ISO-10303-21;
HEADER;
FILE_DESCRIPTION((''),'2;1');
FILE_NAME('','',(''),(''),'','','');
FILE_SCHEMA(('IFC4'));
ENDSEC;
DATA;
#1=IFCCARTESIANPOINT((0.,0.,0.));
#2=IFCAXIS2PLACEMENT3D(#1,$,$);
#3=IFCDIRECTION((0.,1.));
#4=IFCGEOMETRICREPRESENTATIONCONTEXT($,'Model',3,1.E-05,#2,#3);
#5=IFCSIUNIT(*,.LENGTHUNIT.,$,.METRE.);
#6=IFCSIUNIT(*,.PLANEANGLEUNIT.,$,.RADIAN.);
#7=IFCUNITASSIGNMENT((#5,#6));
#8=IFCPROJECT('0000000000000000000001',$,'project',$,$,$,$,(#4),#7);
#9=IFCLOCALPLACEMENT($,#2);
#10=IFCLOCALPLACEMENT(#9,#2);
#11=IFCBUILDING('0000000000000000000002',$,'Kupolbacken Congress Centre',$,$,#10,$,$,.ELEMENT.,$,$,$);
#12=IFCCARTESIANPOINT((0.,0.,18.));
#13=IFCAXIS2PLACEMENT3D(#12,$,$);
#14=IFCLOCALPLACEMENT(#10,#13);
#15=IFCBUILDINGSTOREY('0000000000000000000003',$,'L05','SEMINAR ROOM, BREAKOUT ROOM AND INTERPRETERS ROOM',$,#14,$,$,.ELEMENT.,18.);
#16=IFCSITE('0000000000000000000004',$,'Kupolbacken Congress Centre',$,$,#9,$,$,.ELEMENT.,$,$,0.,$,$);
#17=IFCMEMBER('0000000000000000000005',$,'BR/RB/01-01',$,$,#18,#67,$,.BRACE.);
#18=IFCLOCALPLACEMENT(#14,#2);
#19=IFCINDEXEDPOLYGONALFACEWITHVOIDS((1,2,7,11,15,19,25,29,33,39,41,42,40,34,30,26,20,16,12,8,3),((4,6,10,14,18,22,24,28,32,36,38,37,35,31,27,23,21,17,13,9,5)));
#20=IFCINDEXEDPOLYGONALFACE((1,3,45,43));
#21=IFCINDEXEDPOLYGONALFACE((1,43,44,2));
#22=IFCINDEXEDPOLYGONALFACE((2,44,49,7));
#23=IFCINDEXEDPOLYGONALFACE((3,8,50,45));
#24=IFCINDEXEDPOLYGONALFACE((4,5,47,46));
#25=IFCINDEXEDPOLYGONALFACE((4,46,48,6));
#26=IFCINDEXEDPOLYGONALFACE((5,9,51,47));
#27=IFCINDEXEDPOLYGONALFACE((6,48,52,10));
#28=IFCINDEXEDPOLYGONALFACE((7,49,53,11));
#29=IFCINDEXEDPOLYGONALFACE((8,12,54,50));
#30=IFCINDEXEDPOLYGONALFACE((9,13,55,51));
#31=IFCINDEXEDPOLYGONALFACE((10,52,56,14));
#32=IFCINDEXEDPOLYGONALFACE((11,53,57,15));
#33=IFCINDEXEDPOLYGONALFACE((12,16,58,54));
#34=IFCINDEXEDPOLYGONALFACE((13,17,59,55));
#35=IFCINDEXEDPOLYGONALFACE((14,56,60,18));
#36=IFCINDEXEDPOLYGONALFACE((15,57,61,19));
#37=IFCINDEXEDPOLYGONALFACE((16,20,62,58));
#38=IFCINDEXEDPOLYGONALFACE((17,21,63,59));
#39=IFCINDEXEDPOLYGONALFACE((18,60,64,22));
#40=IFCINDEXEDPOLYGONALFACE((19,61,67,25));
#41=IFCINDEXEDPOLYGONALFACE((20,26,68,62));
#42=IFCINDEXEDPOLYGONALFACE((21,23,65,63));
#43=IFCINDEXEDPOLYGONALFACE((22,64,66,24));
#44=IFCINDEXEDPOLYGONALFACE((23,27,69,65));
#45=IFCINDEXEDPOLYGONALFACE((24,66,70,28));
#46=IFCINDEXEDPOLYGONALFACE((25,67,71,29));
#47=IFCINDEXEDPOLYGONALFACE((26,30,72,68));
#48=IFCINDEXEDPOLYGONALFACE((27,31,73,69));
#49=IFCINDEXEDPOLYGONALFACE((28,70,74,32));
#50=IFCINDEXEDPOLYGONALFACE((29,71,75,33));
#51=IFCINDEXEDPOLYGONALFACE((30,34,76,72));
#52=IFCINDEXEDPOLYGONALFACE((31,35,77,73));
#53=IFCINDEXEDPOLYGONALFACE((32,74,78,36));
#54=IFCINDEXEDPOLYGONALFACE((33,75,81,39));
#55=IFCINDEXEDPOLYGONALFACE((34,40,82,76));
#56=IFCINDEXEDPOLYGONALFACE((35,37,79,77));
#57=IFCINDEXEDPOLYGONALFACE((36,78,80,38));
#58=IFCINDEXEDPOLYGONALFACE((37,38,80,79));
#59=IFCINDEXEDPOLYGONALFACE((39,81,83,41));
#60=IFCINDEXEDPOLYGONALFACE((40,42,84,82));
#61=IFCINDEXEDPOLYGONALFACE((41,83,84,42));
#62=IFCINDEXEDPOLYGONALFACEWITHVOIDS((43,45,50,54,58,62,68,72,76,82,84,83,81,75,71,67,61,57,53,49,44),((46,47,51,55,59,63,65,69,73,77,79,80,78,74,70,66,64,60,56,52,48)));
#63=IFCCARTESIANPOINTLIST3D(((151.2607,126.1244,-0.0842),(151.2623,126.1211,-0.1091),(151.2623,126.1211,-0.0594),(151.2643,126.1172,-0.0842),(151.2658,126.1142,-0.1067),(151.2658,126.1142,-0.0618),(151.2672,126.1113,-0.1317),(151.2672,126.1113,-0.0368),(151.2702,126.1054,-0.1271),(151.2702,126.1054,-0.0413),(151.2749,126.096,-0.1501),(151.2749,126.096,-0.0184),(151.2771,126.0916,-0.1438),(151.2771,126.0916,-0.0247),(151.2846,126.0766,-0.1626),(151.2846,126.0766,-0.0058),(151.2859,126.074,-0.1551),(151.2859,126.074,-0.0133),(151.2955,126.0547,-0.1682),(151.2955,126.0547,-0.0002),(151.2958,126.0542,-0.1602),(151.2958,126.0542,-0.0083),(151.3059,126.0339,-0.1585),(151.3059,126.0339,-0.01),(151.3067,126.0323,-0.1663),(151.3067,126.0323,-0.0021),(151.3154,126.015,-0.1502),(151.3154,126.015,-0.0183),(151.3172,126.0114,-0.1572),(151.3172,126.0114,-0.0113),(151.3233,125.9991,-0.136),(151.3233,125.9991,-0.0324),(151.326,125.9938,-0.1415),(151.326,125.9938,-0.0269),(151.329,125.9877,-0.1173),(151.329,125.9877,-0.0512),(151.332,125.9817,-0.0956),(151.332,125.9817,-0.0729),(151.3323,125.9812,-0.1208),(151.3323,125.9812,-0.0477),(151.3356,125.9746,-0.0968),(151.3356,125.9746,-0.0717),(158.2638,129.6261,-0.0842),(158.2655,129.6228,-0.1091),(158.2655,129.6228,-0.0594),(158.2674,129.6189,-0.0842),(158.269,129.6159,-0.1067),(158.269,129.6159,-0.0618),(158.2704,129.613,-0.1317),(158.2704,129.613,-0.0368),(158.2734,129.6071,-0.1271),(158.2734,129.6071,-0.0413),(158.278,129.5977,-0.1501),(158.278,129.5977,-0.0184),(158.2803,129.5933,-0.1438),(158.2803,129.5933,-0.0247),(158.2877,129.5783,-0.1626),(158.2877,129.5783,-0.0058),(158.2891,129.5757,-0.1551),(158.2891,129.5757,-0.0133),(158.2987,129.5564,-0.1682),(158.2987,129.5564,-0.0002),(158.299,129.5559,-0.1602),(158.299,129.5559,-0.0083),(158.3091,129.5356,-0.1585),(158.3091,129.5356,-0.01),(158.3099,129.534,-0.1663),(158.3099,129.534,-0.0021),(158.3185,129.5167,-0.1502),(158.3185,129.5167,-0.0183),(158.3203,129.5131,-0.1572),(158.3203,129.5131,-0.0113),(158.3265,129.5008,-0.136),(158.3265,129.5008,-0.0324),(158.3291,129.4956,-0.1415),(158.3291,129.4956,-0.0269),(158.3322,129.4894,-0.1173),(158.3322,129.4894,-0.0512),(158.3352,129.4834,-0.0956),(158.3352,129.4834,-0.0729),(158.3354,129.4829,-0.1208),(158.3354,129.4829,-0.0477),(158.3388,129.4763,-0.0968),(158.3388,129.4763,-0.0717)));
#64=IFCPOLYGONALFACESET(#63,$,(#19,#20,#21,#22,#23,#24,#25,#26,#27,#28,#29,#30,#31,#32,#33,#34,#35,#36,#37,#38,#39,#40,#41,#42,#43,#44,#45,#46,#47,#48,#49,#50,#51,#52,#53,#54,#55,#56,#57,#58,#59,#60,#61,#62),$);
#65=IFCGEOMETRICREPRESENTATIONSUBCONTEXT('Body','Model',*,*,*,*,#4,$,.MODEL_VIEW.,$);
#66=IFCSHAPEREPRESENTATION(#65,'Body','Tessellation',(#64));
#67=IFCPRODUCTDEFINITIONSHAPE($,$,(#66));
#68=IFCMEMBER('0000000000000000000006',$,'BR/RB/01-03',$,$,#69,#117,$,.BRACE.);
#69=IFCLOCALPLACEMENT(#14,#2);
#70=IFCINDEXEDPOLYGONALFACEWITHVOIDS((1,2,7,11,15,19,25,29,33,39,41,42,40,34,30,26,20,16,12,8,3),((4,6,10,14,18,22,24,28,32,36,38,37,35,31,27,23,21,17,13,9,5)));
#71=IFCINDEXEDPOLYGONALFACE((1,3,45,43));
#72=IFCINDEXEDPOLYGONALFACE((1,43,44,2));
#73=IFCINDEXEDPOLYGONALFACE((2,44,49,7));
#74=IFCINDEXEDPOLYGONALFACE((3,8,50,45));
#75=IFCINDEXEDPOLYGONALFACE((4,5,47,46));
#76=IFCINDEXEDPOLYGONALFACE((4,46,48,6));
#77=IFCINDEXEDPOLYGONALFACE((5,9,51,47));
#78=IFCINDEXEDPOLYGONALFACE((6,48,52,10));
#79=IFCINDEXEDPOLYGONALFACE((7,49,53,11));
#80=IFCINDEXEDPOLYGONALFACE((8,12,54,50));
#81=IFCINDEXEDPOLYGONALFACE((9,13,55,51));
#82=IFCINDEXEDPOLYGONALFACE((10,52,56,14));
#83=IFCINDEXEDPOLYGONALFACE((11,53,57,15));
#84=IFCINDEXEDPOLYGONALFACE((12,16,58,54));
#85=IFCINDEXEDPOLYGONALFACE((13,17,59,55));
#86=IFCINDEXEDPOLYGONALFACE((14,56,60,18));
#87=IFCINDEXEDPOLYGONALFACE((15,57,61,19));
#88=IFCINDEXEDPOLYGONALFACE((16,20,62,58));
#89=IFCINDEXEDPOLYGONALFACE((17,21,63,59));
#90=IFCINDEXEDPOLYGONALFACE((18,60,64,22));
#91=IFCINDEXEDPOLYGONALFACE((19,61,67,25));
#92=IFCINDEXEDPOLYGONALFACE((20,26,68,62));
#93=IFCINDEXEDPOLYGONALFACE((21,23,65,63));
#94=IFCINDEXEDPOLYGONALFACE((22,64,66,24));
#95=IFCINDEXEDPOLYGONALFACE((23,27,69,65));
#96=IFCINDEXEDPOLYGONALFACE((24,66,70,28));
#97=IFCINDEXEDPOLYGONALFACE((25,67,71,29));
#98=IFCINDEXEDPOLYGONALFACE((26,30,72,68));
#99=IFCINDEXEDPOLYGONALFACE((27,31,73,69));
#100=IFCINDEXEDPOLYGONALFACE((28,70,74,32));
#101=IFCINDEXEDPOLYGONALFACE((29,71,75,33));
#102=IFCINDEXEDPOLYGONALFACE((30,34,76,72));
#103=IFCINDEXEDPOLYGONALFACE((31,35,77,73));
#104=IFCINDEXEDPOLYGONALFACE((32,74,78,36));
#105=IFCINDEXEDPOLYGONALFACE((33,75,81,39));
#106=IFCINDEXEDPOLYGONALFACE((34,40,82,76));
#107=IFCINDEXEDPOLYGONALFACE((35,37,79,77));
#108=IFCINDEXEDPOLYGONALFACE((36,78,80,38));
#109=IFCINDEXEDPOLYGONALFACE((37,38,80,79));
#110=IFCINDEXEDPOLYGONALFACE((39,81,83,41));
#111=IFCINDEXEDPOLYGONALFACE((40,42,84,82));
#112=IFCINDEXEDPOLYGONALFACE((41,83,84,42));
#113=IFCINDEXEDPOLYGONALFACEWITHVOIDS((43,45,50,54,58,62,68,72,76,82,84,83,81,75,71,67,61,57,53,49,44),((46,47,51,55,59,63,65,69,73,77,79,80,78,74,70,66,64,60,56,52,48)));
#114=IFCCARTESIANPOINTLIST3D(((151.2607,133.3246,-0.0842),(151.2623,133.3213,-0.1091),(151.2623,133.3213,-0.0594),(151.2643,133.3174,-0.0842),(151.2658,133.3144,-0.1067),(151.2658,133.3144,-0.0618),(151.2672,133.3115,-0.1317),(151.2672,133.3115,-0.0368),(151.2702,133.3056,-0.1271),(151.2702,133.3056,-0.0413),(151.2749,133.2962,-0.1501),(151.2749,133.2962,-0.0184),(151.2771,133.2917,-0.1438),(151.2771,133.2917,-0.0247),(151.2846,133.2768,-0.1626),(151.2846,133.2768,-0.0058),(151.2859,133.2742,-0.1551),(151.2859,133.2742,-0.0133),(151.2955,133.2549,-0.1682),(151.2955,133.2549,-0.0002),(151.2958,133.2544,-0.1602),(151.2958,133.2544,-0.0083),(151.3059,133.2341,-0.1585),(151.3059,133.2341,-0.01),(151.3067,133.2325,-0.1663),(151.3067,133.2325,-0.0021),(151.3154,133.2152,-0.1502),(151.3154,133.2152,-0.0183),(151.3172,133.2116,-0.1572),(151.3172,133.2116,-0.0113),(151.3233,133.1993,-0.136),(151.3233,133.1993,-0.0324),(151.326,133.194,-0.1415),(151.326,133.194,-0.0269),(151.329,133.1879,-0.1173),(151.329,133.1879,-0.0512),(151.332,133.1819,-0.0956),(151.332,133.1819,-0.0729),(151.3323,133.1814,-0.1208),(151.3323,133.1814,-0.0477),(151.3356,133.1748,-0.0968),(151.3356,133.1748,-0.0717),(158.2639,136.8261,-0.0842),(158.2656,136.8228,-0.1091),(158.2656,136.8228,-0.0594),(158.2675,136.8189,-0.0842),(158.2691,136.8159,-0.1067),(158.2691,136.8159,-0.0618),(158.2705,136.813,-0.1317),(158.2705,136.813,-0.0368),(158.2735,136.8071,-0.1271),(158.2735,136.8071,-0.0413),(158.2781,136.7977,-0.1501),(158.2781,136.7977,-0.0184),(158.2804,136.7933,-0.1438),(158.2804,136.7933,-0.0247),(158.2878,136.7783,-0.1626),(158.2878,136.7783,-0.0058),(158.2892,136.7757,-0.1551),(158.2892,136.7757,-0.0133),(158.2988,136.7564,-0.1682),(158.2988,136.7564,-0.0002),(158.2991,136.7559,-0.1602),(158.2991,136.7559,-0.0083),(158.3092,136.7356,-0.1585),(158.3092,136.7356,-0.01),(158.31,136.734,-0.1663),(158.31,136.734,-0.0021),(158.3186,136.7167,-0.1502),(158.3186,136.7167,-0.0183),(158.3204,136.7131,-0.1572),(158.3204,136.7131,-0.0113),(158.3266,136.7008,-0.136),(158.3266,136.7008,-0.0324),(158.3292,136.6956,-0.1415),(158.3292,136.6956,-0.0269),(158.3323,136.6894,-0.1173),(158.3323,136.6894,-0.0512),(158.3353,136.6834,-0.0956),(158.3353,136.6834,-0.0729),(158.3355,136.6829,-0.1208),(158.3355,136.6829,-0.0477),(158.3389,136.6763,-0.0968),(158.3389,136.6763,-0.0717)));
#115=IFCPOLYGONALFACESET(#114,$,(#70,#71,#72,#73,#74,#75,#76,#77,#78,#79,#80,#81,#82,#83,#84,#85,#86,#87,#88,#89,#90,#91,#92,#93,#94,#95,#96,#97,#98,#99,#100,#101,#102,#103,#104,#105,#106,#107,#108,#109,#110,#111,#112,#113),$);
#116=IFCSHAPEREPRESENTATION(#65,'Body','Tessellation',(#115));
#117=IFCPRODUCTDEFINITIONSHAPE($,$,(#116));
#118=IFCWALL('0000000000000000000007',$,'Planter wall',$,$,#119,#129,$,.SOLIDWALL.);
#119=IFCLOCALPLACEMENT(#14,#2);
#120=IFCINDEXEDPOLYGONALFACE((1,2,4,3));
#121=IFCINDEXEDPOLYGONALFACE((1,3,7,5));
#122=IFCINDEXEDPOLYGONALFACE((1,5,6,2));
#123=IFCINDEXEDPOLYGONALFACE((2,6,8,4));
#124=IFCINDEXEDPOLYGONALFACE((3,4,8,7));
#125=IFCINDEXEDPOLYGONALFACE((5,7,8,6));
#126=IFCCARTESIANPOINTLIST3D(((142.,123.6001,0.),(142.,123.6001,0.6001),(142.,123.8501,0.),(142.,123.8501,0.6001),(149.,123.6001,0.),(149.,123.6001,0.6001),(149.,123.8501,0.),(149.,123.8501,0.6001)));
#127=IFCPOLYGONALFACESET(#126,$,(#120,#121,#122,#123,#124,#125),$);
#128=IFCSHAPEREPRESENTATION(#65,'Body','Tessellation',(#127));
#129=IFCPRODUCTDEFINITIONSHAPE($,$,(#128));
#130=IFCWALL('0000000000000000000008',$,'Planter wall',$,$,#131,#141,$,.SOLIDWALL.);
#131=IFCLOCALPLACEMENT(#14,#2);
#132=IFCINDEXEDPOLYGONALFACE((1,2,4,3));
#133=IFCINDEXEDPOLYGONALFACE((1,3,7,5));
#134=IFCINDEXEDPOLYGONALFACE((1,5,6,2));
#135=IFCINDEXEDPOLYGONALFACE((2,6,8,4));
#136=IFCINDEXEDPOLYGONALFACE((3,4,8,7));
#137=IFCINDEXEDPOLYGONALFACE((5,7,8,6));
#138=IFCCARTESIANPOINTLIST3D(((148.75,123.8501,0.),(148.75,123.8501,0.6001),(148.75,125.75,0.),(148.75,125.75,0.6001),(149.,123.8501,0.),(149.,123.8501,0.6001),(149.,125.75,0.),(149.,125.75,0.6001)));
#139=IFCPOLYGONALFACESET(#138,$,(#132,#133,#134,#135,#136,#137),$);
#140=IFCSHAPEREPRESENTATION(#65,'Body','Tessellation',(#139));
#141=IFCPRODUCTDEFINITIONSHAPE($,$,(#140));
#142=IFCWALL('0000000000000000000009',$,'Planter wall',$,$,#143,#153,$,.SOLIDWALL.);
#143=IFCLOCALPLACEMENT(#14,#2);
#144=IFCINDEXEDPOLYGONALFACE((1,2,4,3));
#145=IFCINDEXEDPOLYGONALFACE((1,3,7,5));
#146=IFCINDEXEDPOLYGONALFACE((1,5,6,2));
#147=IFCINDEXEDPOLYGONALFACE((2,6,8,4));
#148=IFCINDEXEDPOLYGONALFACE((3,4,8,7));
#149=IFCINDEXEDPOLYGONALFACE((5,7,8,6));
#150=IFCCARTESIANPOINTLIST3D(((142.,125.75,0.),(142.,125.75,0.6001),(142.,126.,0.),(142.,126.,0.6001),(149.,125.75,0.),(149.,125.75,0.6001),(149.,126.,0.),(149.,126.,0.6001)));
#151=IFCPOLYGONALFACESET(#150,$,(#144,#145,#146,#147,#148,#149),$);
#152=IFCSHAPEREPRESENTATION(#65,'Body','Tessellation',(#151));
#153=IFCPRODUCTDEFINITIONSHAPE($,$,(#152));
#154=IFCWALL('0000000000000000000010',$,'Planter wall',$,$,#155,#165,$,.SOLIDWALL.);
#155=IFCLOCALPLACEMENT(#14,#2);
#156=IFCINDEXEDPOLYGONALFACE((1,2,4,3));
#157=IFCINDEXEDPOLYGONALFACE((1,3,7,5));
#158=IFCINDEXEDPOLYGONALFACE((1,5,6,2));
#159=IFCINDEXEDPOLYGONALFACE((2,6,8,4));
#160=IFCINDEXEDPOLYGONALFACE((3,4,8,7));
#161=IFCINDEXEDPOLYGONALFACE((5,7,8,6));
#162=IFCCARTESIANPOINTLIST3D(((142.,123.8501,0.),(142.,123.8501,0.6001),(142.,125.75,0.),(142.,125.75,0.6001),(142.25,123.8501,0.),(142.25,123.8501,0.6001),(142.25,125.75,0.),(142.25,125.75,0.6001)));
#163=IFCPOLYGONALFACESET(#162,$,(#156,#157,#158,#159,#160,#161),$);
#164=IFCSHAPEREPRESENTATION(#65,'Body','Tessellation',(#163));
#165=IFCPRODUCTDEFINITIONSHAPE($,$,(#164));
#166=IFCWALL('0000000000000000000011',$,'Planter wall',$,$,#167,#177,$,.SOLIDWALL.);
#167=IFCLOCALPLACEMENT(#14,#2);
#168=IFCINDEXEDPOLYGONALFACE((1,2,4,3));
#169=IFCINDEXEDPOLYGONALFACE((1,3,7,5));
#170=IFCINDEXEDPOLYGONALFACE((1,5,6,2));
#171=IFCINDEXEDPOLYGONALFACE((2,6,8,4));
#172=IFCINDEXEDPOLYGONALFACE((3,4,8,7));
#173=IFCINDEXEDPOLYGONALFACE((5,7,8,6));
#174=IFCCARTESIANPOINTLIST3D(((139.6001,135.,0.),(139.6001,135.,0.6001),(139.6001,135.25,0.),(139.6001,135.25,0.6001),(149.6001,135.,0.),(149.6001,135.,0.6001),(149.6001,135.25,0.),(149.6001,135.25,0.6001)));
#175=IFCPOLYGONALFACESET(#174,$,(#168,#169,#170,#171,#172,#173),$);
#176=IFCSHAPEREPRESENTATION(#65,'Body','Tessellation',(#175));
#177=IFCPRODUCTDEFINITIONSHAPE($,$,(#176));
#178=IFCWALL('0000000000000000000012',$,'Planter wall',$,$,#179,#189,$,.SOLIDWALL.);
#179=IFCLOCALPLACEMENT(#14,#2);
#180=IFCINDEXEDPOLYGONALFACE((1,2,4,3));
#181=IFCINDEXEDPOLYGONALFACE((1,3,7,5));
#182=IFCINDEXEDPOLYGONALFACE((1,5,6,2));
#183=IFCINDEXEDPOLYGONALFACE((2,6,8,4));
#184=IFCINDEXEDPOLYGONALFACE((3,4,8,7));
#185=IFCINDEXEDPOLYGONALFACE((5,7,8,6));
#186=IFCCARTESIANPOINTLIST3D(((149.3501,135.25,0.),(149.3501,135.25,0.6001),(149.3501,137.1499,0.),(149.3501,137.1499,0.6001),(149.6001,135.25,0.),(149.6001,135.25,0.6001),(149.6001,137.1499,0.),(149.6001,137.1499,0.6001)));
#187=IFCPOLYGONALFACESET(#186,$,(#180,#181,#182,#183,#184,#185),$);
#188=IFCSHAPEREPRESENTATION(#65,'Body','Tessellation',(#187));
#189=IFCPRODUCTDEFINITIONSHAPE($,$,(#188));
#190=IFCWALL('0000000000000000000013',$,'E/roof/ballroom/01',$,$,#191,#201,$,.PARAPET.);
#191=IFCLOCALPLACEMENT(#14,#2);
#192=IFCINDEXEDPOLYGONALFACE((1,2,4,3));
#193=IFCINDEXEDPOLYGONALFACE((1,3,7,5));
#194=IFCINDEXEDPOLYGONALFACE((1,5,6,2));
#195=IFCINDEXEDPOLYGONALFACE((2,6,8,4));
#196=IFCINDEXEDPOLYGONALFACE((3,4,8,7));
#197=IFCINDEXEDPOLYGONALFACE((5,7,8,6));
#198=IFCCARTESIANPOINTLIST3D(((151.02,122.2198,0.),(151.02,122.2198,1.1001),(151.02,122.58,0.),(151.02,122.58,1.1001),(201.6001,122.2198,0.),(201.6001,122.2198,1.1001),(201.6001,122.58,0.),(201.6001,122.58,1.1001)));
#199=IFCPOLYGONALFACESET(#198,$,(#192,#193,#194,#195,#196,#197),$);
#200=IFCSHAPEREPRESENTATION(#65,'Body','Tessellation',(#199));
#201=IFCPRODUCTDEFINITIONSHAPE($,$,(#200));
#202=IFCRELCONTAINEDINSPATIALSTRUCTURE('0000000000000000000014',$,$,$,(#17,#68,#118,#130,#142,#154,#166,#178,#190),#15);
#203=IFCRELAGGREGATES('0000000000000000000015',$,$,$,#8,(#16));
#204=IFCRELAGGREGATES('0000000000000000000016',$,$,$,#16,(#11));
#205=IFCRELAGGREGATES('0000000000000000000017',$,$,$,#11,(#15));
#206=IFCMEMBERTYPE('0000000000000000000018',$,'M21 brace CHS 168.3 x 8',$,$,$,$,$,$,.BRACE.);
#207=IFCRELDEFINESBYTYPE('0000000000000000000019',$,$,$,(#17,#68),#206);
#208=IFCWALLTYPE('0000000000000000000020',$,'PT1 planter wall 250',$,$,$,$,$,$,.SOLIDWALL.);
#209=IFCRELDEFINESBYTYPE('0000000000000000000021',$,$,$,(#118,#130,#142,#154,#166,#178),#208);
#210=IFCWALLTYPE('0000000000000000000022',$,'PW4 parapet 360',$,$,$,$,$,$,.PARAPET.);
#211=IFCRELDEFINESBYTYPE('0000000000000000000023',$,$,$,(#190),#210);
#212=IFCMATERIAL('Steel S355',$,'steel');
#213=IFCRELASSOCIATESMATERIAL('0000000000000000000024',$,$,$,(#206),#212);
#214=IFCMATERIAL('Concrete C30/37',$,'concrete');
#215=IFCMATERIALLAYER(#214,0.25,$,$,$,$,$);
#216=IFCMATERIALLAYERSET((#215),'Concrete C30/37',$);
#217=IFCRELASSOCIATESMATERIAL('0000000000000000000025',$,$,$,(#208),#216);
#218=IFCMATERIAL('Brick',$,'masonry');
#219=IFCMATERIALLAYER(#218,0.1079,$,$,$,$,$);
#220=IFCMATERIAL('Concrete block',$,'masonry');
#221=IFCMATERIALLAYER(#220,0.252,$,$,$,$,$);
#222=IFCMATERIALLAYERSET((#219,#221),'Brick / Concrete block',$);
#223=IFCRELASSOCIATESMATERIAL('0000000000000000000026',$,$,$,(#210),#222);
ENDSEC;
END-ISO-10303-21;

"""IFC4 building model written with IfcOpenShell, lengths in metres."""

from ifc_helpers import new_model, si_unit, direction, frame, frame_2d, origin, origin_2d, place, context, subcontext, project, spatial, rectangle, hollow_circle, extrude, material, layer, layer_set, material_profile, profile_set, type_object, element, save


model = new_model("IFC4")

# Units and contexts
model_context = context("Model", 3, precision=1e-05, world=origin(), true_north=direction((0.0, 1.0)))
body_context = subcontext(model_context, "Body", "Model", "MODEL_VIEW")
ifc_project = project(units=[si_unit("LENGTHUNIT", "METRE"), si_unit("PLANEANGLEUNIT", "RADIAN")], contexts=[model_context])

# Site, building, storey
site_placement = place(None, origin())
site = spatial("IfcSite", under=ifc_project, at=site_placement, Name="Kupolbacken Congress Centre", CompositionType="ELEMENT", RefElevation=0.0)
building_placement = place(site_placement, origin())
building = spatial("IfcBuilding", under=site, at=building_placement, Name="Kupolbacken Congress Centre", CompositionType="ELEMENT")
storey_placement = place(building_placement, frame((0.0, 0.0, 18.0)))
storey = spatial("IfcBuildingStorey", under=building, at=storey_placement, Name="L05", Description="SEMINAR ROOM, BREAKOUT ROOM AND INTERPRETERS ROOM", CompositionType="ELEMENT", Elevation=18.0)

# Members
ifc_material_1 = material(Name="Steel S355", Category="steel")
ifc_material_profile_1 = material_profile(ifc_material_1, hollow_circle(Radius=0.0842, WallThickness=0.0081, at=origin_2d()), Name="CHS 168.3 x 8")
ifc_profile_set_1 = profile_set([ifc_material_profile_1], Name="Steel S355")
member_type_1 = type_object("IfcMemberType", Name="M21 brace CHS 168.3 x 8", PredefinedType="BRACE", material=ifc_profile_set_1)
for number, where, z_axis, x_axis, name in (
    (1, (151.2983, 126.0491, -0.0842), (0.894421, 0.447226, 0.0), (-0.447226, 0.894421, 0.0), "BR/RB/01-01"),
    (2, (151.2983, 133.2493, -0.0842), (0.894433, 0.447201, 0.0), (-0.447201, 0.894433, 0.0), "BR/RB/01-03"),
):
    element("IfcMember", number, at=place(storey_placement, frame(where, z_axis=z_axis, x_axis=x_axis)), inside=storey, type_object=member_type_1, Name=name, PredefinedType="BRACE", context=body_context, shape_type="SweptSolid", body=[
        extrude(hollow_circle(Radius=0.0842, WallThickness=0.0081, at=origin_2d()), origin(), (0.0, 0.0, 1.0), 7.8298),
    ])

# Walls
ifc_material_2 = material(Name="Concrete C30/37", Category="concrete")
ifc_layer_1 = layer(ifc_material_2, 0.25)
ifc_layer_set_1 = layer_set([ifc_layer_1], Name="Concrete C30/37")
wall_type_1 = type_object("IfcWallType", Name="PT1 planter wall 250", PredefinedType="SOLIDWALL", material=ifc_layer_set_1)
wall_1_placement = place(storey_placement, frame((142.0, 123.7251, 0.0), z_axis=(0.0, 0.0, 1.0), x_axis=(1.0, 0.0, 0.0)))
element("IfcWall", 3, at=wall_1_placement, inside=storey, type_object=wall_type_1, Name="Planter wall", PredefinedType="SOLIDWALL", context=body_context, shape_type="SweptSolid", body=[
    extrude(rectangle(XDim=7.0, YDim=0.25, at=frame_2d((3.5, 0.0))), origin(), (0.0, 0.0, 1.0), 0.6001),
])
wall_2_placement = place(storey_placement, frame((148.875, 123.8501, 0.0), z_axis=(0.0, 0.0, 1.0), x_axis=(0.0, 1.0, 0.0)))
element("IfcWall", 4, at=wall_2_placement, inside=storey, type_object=wall_type_1, Name="Planter wall", PredefinedType="SOLIDWALL", context=body_context, shape_type="SweptSolid", body=[
    extrude(rectangle(XDim=1.8999, YDim=0.25, at=frame_2d((0.95, 0.0))), origin(), (0.0, 0.0, 1.0), 0.6001),
])
wall_3_placement = place(storey_placement, frame((149.0, 125.875, 0.0), z_axis=(0.0, 0.0, 1.0), x_axis=(-1.0, 0.0, 0.0)))
element("IfcWall", 5, at=wall_3_placement, inside=storey, type_object=wall_type_1, Name="Planter wall", PredefinedType="SOLIDWALL", context=body_context, shape_type="SweptSolid", body=[
    extrude(rectangle(XDim=7.0, YDim=0.25, at=frame_2d((3.5, 0.0))), origin(), (0.0, 0.0, 1.0), 0.6001),
])
wall_4_placement = place(storey_placement, frame((142.125, 125.75, 0.0), z_axis=(0.0, 0.0, 1.0), x_axis=(0.0, -1.0, 0.0)))
element("IfcWall", 6, at=wall_4_placement, inside=storey, type_object=wall_type_1, Name="Planter wall", PredefinedType="SOLIDWALL", context=body_context, shape_type="SweptSolid", body=[
    extrude(rectangle(XDim=1.8999, YDim=0.25, at=frame_2d((0.95, 0.0))), origin(), (0.0, 0.0, 1.0), 0.6001),
])
wall_5_placement = place(storey_placement, frame((139.6001, 135.125, 0.0), z_axis=(0.0, 0.0, 1.0), x_axis=(1.0, 0.0, 0.0)))
element("IfcWall", 7, at=wall_5_placement, inside=storey, type_object=wall_type_1, Name="Planter wall", PredefinedType="SOLIDWALL", context=body_context, shape_type="SweptSolid", body=[
    extrude(rectangle(XDim=10.0, YDim=0.25, at=frame_2d((5.0, 0.0))), origin(), (0.0, 0.0, 1.0), 0.6001),
])
wall_6_placement = place(storey_placement, frame((149.4751, 135.25, 0.0), z_axis=(0.0, 0.0, 1.0), x_axis=(0.0, 1.0, 0.0)))
element("IfcWall", 8, at=wall_6_placement, inside=storey, type_object=wall_type_1, Name="Planter wall", PredefinedType="SOLIDWALL", context=body_context, shape_type="SweptSolid", body=[
    extrude(rectangle(XDim=1.8999, YDim=0.25, at=frame_2d((0.95, 0.0))), origin(), (0.0, 0.0, 1.0), 0.6001),
])
ifc_material_3 = material(Name="Brick", Category="masonry")
ifc_layer_2 = layer(ifc_material_3, 0.1079)
ifc_material_4 = material(Name="Concrete block", Category="masonry")
ifc_layer_3 = layer(ifc_material_4, 0.252)
ifc_layer_set_2 = layer_set([ifc_layer_2, ifc_layer_3], Name="Brick / Concrete block")
wall_type_2 = type_object("IfcWallType", Name="PW4 parapet 360", PredefinedType="PARAPET", material=ifc_layer_set_2)
wall_7_placement = place(storey_placement, frame((151.02, 122.3999, 0.0), z_axis=(0.0, 0.0, 1.0), x_axis=(1.0, 0.0, 0.0)))
element("IfcWall", 9, at=wall_7_placement, inside=storey, type_object=wall_type_2, Name="E/roof/ballroom/01", PredefinedType="PARAPET", context=body_context, shape_type="SweptSolid", body=[
    extrude(rectangle(XDim=50.5801, YDim=0.3601, at=frame_2d((25.29, 0.0))), origin(), (0.0, 0.0, 1.0), 1.1001),
])

save(model, "model.ifc")
